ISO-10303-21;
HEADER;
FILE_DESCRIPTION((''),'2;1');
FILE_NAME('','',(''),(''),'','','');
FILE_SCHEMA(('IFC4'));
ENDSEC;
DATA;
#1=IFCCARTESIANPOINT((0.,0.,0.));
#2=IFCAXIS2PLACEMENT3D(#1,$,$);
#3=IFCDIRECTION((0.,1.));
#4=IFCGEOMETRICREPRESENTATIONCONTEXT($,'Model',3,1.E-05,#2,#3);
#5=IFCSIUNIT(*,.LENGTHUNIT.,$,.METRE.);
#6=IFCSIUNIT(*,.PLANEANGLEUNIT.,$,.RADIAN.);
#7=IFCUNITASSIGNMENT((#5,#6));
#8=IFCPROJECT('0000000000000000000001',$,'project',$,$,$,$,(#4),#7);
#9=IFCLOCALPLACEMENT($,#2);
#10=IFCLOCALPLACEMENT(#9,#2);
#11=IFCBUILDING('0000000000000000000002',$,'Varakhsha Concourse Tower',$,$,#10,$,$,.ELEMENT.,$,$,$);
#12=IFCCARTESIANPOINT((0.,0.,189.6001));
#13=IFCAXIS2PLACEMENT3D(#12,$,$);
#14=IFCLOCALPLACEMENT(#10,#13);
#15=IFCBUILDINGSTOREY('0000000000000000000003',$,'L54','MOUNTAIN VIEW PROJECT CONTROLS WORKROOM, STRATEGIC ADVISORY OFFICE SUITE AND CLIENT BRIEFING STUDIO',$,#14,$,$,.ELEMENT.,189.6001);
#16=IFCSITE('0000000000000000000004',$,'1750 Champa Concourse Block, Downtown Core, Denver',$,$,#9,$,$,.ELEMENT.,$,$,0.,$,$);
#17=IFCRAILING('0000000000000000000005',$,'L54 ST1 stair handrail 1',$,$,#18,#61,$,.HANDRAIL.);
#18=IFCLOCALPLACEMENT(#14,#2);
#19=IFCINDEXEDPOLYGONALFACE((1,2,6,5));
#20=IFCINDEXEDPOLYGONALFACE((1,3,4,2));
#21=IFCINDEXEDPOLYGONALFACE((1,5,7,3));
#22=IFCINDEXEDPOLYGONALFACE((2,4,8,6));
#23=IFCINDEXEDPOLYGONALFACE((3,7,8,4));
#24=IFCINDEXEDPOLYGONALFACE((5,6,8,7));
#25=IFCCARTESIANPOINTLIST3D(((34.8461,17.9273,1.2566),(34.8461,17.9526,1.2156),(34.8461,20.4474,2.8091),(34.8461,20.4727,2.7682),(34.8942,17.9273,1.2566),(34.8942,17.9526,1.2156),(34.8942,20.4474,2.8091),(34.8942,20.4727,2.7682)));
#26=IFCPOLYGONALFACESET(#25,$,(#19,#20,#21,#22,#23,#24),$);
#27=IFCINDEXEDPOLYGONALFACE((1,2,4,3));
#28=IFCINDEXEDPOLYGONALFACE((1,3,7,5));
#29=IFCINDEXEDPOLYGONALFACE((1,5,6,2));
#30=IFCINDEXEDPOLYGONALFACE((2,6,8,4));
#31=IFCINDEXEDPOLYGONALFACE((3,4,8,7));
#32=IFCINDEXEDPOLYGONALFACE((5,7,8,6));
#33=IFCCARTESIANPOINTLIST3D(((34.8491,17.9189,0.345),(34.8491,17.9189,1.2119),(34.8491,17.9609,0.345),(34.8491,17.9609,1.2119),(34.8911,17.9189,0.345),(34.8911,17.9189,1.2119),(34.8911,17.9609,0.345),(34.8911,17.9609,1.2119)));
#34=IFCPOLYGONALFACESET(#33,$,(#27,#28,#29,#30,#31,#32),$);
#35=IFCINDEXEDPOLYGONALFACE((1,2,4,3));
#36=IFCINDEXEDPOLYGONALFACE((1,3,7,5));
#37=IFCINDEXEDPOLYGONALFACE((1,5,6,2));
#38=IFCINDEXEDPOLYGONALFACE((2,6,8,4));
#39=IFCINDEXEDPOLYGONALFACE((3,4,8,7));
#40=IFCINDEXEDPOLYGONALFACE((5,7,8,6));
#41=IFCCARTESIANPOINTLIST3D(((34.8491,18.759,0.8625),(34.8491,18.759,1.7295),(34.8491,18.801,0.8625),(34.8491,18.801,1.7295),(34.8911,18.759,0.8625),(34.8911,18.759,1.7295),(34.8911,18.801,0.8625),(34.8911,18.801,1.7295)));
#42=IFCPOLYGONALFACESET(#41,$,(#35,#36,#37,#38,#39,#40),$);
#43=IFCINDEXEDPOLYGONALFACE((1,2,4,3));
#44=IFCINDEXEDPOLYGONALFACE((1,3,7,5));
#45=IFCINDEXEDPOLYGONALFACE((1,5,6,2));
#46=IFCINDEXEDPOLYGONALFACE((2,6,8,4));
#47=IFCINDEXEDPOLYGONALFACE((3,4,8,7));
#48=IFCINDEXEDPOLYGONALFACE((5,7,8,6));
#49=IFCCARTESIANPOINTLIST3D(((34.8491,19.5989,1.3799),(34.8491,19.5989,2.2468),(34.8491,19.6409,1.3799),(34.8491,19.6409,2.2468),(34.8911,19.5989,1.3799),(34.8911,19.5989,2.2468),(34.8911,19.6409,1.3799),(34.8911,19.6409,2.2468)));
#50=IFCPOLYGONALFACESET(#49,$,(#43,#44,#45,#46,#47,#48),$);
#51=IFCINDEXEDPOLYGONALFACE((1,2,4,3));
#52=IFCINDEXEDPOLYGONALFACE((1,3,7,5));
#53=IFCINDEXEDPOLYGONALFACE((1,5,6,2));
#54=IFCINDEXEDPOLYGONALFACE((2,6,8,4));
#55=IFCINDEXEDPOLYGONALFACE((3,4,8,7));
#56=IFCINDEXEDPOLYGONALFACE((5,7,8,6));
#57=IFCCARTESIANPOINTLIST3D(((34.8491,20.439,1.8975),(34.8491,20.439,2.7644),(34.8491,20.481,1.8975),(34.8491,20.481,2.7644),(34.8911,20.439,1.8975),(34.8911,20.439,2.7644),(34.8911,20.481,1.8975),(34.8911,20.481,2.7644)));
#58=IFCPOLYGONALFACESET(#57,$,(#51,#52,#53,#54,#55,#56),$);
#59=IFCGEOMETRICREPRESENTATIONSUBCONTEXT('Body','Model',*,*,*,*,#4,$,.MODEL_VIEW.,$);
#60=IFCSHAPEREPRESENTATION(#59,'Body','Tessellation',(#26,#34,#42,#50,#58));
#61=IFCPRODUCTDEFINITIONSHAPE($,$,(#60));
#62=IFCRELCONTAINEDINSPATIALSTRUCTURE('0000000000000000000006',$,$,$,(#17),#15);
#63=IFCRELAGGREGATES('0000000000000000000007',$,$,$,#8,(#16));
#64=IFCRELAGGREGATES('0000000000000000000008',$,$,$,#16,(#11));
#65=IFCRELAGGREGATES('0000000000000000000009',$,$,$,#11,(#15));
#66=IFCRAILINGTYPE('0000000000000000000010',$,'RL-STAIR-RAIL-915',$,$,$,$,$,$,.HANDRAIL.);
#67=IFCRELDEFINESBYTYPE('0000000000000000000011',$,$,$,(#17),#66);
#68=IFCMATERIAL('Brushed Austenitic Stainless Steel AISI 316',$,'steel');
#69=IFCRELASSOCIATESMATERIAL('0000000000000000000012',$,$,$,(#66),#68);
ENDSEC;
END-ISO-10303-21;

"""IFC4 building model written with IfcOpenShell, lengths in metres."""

from ifc_helpers import new_model, si_unit, direction, frame, origin, origin_2d, place, context, subcontext, project, spatial, rectangle, extrude, material, type_object, element, save


model = new_model("IFC4")

# Units and contexts
model_context = context("Model", 3, precision=1e-05, world=origin(), true_north=direction((0.0, 1.0)))
body_context = subcontext(model_context, "Body", "Model", "MODEL_VIEW")
ifc_project = project(units=[si_unit("LENGTHUNIT", "METRE"), si_unit("PLANEANGLEUNIT", "RADIAN")], contexts=[model_context])

# Site, building, storey
site_placement = place(None, origin())
site = spatial("IfcSite", under=ifc_project, at=site_placement, Name="1750 Champa Concourse Block, Downtown Core, Denver", CompositionType="ELEMENT", RefElevation=0.0)
building_placement = place(site_placement, origin())
building = spatial("IfcBuilding", under=site, at=building_placement, Name="Varakhsha Concourse Tower", CompositionType="ELEMENT")
storey_placement = place(building_placement, frame((0.0, 0.0, 189.6001)))
storey = spatial("IfcBuildingStorey", under=building, at=storey_placement, Name="L54", Description="MOUNTAIN VIEW PROJECT CONTROLS WORKROOM, STRATEGIC ADVISORY OFFICE SUITE AND CLIENT BRIEFING STUDIO", CompositionType="ELEMENT", Elevation=189.6001)

# Railing
ifc_material_1 = material(Name="Brushed Austenitic Stainless Steel AISI 316", Category="steel")
railing_type_1 = type_object("IfcRailingType", Name="RL-STAIR-RAIL-915", PredefinedType="HANDRAIL", material=ifc_material_1)
railing_1_placement = place(storey_placement, frame((34.8701, 17.9399, 0.345)))
element("IfcRailing", 1, at=railing_1_placement, inside=storey, type_object=railing_type_1, Name="L54 ST1 stair handrail 1", PredefinedType="HANDRAIL", context=body_context, shape_type="SweptSolid", body=[
    extrude(rectangle(XDim=0.0481, YDim=0.0481, at=origin_2d()), frame((0.0, 0.0, 0.8911), z_axis=(0.0, 0.8514, 0.524516), x_axis=(-1.0, 0.0, 0.0)), (0.0, 0.0, 1.0), 2.96),
    extrude(rectangle(XDim=0.042, YDim=0.042, at=origin_2d()), origin(), (0.0, 0.0, 1.0), 0.8669),
    extrude(rectangle(XDim=0.042, YDim=0.042, at=origin_2d()), frame((0.0, 0.8401, 0.5176)), (0.0, 0.0, 1.0), 0.8669),
    extrude(rectangle(XDim=0.042, YDim=0.042, at=origin_2d()), frame((0.0, 1.6799, 1.0349)), (0.0, 0.0, 1.0), 0.8669),
    extrude(rectangle(XDim=0.042, YDim=0.042, at=origin_2d()), frame((0.0, 2.52, 1.5525)), (0.0, 0.0, 1.0), 0.8669),
])

save(model, "model.ifc")
